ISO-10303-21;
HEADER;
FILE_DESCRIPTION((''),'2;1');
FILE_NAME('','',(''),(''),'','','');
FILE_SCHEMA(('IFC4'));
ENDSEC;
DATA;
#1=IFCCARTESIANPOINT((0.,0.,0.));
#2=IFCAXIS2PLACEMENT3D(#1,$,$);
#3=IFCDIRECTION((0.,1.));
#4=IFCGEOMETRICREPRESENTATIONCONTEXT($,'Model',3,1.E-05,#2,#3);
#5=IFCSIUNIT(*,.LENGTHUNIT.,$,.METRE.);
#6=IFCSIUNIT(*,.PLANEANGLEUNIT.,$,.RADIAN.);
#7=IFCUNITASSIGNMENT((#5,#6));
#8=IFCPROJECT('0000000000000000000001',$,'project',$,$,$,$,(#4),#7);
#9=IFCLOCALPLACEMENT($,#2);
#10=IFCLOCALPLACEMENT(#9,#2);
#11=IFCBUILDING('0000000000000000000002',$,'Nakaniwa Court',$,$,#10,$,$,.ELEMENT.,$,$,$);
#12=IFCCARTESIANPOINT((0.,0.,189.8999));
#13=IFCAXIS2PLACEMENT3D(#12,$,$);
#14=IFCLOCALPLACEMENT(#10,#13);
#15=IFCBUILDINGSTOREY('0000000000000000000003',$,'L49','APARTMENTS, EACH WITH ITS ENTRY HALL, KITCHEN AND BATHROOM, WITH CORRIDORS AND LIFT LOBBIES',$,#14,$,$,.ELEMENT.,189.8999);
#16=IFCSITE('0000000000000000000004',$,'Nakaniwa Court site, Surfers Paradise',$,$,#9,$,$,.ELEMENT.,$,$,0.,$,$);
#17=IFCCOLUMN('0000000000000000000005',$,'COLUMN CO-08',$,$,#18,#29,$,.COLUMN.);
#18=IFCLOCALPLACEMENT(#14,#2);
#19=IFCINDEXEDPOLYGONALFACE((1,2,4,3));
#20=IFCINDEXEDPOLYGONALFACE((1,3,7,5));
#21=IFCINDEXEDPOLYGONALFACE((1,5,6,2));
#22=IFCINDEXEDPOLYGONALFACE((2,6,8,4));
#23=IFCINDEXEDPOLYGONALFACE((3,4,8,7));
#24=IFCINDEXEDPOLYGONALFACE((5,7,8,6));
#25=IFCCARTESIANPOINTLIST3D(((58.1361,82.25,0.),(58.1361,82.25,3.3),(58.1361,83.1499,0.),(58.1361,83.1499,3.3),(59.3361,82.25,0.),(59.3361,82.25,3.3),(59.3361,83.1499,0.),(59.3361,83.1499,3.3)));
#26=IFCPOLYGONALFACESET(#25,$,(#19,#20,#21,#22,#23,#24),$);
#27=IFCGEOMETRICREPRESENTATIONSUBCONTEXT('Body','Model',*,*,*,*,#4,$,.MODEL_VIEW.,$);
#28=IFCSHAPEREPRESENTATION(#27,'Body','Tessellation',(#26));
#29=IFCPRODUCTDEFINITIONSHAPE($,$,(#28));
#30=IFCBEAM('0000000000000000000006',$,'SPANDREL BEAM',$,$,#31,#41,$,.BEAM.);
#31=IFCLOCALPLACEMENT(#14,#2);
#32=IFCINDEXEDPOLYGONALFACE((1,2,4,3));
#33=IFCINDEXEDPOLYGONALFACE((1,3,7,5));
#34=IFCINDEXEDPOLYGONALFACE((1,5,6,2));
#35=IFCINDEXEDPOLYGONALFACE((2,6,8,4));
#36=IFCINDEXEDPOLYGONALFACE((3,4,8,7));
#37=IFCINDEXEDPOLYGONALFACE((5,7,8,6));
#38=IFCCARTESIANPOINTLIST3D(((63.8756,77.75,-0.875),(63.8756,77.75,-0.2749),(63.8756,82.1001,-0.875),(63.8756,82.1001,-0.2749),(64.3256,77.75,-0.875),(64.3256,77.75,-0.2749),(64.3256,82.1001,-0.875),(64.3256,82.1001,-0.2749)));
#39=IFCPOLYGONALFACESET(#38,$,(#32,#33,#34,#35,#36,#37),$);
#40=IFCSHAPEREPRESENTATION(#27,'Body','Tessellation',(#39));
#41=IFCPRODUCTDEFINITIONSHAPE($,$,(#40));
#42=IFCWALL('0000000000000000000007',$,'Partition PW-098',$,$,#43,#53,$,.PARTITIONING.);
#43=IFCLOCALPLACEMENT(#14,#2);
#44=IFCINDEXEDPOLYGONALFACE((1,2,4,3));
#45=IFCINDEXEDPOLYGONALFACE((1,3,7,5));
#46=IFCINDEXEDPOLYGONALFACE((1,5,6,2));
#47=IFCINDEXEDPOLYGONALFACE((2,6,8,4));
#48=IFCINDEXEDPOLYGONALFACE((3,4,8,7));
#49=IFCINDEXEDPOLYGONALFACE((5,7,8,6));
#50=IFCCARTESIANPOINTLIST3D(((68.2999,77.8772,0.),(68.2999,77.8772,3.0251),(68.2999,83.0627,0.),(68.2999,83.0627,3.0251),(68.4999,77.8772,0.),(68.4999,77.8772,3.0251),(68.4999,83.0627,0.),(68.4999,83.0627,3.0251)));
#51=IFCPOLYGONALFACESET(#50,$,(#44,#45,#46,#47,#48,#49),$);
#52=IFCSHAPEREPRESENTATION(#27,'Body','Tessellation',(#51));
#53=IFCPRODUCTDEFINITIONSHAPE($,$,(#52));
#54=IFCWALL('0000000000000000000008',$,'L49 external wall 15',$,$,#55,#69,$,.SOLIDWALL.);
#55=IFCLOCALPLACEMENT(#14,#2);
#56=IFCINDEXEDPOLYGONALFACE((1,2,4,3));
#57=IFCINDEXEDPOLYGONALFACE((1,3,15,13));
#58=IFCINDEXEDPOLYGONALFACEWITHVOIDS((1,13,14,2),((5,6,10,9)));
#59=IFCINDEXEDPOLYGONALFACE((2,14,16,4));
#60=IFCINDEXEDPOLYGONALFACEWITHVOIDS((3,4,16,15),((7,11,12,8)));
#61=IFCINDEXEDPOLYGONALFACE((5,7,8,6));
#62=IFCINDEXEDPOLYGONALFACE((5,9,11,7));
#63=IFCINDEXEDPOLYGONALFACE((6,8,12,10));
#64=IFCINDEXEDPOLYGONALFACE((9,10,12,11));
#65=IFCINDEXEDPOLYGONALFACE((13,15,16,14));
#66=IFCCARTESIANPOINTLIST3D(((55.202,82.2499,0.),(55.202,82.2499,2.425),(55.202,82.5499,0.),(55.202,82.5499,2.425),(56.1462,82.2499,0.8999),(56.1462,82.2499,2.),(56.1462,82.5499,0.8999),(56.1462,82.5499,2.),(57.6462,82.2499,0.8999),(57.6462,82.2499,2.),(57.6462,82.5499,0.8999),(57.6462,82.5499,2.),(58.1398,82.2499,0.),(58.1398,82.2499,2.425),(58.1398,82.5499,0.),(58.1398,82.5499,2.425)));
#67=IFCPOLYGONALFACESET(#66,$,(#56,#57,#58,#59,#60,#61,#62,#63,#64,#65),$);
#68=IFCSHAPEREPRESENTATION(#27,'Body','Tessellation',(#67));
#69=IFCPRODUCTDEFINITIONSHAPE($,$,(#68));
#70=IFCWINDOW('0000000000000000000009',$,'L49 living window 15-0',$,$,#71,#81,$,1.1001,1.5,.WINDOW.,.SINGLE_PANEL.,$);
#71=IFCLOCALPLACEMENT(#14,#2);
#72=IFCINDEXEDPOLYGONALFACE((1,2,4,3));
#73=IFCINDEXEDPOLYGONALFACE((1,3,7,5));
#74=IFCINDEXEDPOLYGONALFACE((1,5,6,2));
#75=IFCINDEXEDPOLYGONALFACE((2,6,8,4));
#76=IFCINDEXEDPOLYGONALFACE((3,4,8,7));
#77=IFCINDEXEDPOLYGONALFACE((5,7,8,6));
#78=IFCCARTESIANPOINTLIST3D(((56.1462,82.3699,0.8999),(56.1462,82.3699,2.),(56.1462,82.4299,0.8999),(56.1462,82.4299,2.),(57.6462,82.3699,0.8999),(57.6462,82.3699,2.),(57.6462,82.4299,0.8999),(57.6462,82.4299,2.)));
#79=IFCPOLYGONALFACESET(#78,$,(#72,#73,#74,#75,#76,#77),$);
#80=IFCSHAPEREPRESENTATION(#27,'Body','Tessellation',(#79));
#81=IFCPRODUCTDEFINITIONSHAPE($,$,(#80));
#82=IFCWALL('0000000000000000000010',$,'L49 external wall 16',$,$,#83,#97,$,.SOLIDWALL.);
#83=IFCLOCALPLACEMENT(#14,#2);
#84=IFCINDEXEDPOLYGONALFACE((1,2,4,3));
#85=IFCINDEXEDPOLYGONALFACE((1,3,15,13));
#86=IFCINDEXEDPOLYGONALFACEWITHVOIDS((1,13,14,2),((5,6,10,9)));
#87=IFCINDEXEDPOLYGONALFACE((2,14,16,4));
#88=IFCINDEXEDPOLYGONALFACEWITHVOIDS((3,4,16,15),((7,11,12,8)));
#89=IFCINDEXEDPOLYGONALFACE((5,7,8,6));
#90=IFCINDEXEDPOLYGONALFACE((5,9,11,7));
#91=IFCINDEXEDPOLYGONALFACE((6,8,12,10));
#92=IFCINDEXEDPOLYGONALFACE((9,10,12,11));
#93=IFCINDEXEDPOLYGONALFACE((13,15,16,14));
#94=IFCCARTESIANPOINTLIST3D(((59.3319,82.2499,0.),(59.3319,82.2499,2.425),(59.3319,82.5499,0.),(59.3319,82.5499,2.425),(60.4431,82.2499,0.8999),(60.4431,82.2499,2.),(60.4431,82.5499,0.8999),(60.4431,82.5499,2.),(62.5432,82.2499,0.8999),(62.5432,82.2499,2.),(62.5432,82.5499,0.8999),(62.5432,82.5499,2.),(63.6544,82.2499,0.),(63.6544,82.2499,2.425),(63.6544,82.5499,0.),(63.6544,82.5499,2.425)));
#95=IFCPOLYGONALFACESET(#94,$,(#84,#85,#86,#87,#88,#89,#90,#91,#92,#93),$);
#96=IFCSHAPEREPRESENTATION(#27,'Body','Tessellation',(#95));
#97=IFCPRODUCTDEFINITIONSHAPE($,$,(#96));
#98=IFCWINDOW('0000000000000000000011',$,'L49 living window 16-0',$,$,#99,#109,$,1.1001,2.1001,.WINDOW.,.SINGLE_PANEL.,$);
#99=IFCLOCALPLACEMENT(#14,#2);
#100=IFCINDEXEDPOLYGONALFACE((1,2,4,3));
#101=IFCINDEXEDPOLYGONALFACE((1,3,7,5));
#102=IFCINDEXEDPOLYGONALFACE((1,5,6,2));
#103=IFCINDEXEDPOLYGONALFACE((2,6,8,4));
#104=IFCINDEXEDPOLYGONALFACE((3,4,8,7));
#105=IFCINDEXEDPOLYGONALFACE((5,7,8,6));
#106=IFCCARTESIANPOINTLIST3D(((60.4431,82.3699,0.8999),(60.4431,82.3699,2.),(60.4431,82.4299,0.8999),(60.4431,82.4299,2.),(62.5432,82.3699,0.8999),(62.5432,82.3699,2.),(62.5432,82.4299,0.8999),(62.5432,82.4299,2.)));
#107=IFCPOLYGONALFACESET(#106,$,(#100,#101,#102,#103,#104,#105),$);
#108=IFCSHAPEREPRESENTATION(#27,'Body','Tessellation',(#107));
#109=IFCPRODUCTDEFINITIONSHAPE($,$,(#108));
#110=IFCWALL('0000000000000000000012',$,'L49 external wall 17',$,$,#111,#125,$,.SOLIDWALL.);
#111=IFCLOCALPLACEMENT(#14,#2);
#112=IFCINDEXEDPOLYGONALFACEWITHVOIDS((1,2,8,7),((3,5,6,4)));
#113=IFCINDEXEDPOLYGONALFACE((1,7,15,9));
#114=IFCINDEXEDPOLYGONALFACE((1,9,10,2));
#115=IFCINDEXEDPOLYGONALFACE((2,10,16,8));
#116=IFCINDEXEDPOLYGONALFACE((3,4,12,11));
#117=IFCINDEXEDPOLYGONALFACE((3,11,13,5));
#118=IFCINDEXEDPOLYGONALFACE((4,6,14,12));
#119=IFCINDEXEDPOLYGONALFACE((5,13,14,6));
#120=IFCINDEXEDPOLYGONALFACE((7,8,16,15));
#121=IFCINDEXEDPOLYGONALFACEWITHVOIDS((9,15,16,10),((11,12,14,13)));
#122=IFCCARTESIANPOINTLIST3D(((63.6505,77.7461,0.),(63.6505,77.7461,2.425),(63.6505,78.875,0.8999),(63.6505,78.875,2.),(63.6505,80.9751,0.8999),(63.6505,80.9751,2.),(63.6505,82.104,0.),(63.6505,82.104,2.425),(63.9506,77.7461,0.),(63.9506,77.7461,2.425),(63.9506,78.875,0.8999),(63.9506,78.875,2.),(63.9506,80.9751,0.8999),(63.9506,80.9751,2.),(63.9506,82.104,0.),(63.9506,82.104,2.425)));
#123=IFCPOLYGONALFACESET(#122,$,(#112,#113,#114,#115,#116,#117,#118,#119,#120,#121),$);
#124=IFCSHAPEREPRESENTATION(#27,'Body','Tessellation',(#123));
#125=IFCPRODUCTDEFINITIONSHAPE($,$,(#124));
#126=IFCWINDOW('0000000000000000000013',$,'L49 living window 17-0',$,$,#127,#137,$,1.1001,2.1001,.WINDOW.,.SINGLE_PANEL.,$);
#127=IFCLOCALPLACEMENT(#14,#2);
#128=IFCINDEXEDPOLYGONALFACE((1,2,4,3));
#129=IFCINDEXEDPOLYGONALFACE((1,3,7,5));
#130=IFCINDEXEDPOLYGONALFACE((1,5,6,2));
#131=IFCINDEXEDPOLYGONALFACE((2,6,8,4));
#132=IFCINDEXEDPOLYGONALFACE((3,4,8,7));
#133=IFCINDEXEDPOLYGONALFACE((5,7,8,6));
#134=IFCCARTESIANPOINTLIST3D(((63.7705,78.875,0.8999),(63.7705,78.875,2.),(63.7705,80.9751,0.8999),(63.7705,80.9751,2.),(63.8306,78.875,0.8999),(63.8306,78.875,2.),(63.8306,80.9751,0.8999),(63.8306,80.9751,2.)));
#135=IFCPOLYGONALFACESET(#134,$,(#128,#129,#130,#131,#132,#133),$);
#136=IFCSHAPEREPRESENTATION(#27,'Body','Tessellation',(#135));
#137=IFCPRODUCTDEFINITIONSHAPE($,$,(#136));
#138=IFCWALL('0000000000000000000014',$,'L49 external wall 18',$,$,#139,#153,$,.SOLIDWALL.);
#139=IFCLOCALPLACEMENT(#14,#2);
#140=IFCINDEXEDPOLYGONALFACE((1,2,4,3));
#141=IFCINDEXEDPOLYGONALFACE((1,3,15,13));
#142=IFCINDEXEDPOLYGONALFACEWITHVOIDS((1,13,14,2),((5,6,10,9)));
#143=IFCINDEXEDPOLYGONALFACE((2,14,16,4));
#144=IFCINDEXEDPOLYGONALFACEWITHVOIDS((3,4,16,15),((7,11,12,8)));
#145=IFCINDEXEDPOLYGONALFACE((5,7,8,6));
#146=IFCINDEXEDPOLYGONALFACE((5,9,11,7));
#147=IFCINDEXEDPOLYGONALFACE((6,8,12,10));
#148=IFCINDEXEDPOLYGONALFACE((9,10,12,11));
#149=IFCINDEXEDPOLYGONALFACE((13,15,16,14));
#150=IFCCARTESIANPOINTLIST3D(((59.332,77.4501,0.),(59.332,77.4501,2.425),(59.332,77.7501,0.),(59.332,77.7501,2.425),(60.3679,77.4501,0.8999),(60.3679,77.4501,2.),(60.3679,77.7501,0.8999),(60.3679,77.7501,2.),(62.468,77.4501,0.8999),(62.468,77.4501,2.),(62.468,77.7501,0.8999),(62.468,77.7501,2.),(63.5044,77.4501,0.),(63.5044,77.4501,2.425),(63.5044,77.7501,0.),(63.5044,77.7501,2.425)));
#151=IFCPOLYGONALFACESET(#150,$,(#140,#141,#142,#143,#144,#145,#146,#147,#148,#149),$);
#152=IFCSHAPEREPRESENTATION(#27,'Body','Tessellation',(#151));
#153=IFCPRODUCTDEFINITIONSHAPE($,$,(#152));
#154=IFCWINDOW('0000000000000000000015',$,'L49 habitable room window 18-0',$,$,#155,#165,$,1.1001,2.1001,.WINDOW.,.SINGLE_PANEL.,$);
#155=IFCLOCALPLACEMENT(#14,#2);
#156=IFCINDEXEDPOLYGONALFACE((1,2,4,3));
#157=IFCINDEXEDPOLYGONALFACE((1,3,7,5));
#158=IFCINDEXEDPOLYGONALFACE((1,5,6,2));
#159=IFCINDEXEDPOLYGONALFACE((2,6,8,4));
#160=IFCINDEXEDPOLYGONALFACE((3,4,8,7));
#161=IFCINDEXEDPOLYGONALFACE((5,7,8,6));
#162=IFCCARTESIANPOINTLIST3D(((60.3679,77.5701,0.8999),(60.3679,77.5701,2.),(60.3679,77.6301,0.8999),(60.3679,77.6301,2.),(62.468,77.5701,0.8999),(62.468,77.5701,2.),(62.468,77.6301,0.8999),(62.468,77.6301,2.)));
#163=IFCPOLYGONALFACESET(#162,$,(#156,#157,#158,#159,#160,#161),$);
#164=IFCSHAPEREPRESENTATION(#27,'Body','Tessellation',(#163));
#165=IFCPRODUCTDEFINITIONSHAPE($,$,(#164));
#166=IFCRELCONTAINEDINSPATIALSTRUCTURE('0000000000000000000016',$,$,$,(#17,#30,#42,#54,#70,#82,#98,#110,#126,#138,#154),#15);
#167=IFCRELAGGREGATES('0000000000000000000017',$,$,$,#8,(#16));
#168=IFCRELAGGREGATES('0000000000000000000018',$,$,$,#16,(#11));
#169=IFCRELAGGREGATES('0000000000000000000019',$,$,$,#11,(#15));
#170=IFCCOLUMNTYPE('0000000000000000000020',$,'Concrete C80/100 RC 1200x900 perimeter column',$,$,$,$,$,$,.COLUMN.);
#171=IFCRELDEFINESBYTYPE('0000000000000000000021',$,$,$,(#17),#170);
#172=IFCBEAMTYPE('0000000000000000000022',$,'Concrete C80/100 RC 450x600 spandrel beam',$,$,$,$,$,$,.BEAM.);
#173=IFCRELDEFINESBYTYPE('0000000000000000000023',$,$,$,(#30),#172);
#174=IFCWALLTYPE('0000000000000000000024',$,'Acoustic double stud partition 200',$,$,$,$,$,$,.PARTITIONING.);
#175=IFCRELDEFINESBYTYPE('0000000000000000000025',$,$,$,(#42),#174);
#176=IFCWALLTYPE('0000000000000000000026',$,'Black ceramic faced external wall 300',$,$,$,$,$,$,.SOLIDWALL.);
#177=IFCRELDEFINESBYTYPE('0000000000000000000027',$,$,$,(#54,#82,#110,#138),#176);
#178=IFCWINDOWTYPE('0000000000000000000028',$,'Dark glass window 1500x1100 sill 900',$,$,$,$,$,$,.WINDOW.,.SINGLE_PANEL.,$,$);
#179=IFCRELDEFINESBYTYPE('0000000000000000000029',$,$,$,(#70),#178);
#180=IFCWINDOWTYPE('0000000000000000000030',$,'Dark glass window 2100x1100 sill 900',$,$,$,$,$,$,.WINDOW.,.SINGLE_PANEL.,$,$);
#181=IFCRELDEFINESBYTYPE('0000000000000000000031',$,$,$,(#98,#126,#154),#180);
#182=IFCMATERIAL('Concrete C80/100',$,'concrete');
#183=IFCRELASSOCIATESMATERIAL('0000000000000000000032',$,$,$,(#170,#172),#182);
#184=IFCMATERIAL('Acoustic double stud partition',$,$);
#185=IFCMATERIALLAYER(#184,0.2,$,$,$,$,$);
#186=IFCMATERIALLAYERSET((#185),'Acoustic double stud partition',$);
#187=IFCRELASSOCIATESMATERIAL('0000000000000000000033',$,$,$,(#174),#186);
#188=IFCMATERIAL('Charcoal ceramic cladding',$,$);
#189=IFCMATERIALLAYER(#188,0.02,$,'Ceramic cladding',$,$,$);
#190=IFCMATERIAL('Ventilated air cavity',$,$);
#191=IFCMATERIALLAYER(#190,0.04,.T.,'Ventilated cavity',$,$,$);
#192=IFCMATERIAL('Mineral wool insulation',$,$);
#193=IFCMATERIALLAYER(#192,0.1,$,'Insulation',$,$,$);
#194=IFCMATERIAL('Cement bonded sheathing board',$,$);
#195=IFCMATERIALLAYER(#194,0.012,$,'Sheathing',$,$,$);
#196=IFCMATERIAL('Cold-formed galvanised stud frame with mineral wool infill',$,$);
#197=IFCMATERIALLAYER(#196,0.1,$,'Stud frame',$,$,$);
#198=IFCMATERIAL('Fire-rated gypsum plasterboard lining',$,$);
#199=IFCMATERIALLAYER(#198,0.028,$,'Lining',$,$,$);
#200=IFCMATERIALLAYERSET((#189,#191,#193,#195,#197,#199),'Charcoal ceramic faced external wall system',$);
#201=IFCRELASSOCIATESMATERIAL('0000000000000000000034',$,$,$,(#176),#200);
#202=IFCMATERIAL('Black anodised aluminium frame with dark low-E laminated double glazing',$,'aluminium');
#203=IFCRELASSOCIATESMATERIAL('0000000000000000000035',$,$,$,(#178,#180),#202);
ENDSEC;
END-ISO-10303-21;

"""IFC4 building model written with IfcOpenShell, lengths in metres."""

from ifc_helpers import new_model, si_unit, direction, frame, frame_2d, origin, origin_2d, place, context, subcontext, project, spatial, rectangle, extrude, material, layer, layer_set, material_profile, profile_set, type_object, element, fill, save


model = new_model("IFC4")

# Units and contexts
model_context = context("Model", 3, precision=1e-05, world=origin(), true_north=direction((0.0, 1.0)))
body_context = subcontext(model_context, "Body", "Model", "MODEL_VIEW")
ifc_project = project(units=[si_unit("LENGTHUNIT", "METRE"), si_unit("PLANEANGLEUNIT", "RADIAN")], contexts=[model_context])

# Site, building, storey
site_placement = place(None, origin())
site = spatial("IfcSite", under=ifc_project, at=site_placement, Name="Nakaniwa Court site, Surfers Paradise", CompositionType="ELEMENT", RefElevation=0.0)
building_placement = place(site_placement, origin())
building = spatial("IfcBuilding", under=site, at=building_placement, Name="Nakaniwa Court", CompositionType="ELEMENT")
storey_placement = place(building_placement, frame((0.0, 0.0, 189.8999)))
storey = spatial("IfcBuildingStorey", under=building, at=storey_placement, Name="L49", Description="APARTMENTS, EACH WITH ITS ENTRY HALL, KITCHEN AND BATHROOM, WITH CORRIDORS AND LIFT LOBBIES", CompositionType="ELEMENT", Elevation=189.8999)

# Column
ifc_material_1 = material(Name="Concrete C80/100", Category="concrete")
ifc_material_profile_1 = material_profile(ifc_material_1, rectangle(XDim=1.2, YDim=0.8999, at=origin_2d()), Name="Concrete C80/100 RC 1200x900 perimeter column")
ifc_profile_set_1 = profile_set([ifc_material_profile_1], Name="Concrete C80/100")
column_type = type_object("IfcColumnType", Name="Concrete C80/100 RC 1200x900 perimeter column", PredefinedType="COLUMN", material=ifc_profile_set_1)
column_placement = place(storey_placement, frame((58.7361, 82.7, 0.0), z_axis=(0.0, 0.0, 1.0), x_axis=(1.0, 0.0, 0.0)))
element("IfcColumn", 1, at=column_placement, inside=storey, type_object=column_type, Name="COLUMN CO-08", PredefinedType="COLUMN", context=body_context, shape_type="SweptSolid", body=[
    extrude(rectangle(XDim=1.2, YDim=0.8999, at=origin_2d()), origin(), (0.0, 0.0, 1.0), 3.3),
])

# Beam
ifc_material_profile_2 = material_profile(ifc_material_1, rectangle(XDim=0.45, YDim=0.6001, at=origin_2d()), Name="Concrete C80/100 RC 450x600 spandrel beam")
ifc_profile_set_2 = profile_set([ifc_material_profile_2], Name="Concrete C80/100")
beam_type = type_object("IfcBeamType", Name="Concrete C80/100 RC 450x600 spandrel beam", PredefinedType="BEAM", material=ifc_profile_set_2)
beam_placement = place(storey_placement, frame((64.1006, 82.1001, -0.575), z_axis=(0.0, -1.0, 0.0), x_axis=(1.0, 0.0, 0.0)))
element("IfcBeam", 2, at=beam_placement, inside=storey, type_object=beam_type, Name="SPANDREL BEAM", PredefinedType="BEAM", context=body_context, shape_type="SweptSolid", body=[
    extrude(rectangle(XDim=0.45, YDim=0.6001, at=origin_2d()), origin(), (0.0, 0.0, 1.0), 4.3501),
])

# Wall
ifc_material_2 = material(Name="Acoustic double stud partition")
ifc_layer_1 = layer(ifc_material_2, 0.2)
ifc_layer_set_1 = layer_set([ifc_layer_1], Name="Acoustic double stud partition")
wall_type_1 = type_object("IfcWallType", Name="Acoustic double stud partition 200", PredefinedType="PARTITIONING", material=ifc_layer_set_1)
wall_1_placement = place(storey_placement, frame((68.3999, 77.8772, 0.0), z_axis=(0.0, 0.0, 1.0), x_axis=(0.0, 1.0, 0.0)))
element("IfcWall", 3, at=wall_1_placement, inside=storey, type_object=wall_type_1, Name="Partition PW-098", PredefinedType="PARTITIONING", context=body_context, shape_type="SweptSolid", body=[
    extrude(rectangle(XDim=5.1855, YDim=0.2, at=frame_2d((2.5928, 0.0))), origin(), (0.0, 0.0, 1.0), 3.0251),
])

# Walls, openings, windows
ifc_material_3 = material(Name="Charcoal ceramic cladding")
ifc_layer_2 = layer(ifc_material_3, 0.02, Name="Ceramic cladding")
ifc_material_4 = material(Name="Ventilated air cavity")
ifc_layer_3 = layer(ifc_material_4, 0.04, ventilated=True, Name="Ventilated cavity")
ifc_material_5 = material(Name="Mineral wool insulation")
ifc_layer_4 = layer(ifc_material_5, 0.1, Name="Insulation")
ifc_material_6 = material(Name="Cement bonded sheathing board")
ifc_layer_5 = layer(ifc_material_6, 0.012, Name="Sheathing")
ifc_material_7 = material(Name="Cold-formed galvanised stud frame with mineral wool infill")
ifc_layer_6 = layer(ifc_material_7, 0.1, Name="Stud frame")
ifc_material_8 = material(Name="Fire-rated gypsum plasterboard lining")
ifc_layer_7 = layer(ifc_material_8, 0.028, Name="Lining")
ifc_layer_set_2 = layer_set([ifc_layer_2, ifc_layer_3, ifc_layer_4, ifc_layer_5, ifc_layer_6, ifc_layer_7], Name="Charcoal ceramic faced external wall system")
wall_type_2 = type_object("IfcWallType", Name="Black ceramic faced external wall 300", PredefinedType="SOLIDWALL", material=ifc_layer_set_2)
wall_2_placement = place(storey_placement, frame((55.2021, 82.3999, 0.0), z_axis=(0.0, 0.0, 1.0), x_axis=(1.0, 0.0, 0.0)))
wall_2 = element("IfcWall", 4, at=wall_2_placement, inside=storey, type_object=wall_type_2, Name="L49 external wall 15", PredefinedType="SOLIDWALL", context=body_context, shape_type="SweptSolid", body=[
    extrude(rectangle(XDim=2.9377, YDim=0.3, at=frame_2d((1.4688, 0.0))), origin(), (0.0, 0.0, 1.0), 2.425),
])
opening_1_placement = place(wall_2_placement, frame((0.9441, 0.0, 0.8999)))
opening_1 = element("IfcOpeningElement", 5, at=opening_1_placement, cuts=wall_2, PredefinedType="OPENING", context=body_context, shape_type="SweptSolid", body=[
    extrude(rectangle(XDim=1.5, YDim=1.1001, at=frame_2d((0.75, 0.55))), frame((0.0, 0.1599, 0.0), z_axis=(0.0, -1.0, 0.0), x_axis=(1.0, 0.0, 0.0)), (0.0, 0.0, 1.0), 0.3201),
])
ifc_material_9 = material(Name="Black anodised aluminium frame with dark low-E laminated double glazing", Category="aluminium")
window_type_1 = type_object("IfcWindowType", Name="Dark glass window 1500x1100 sill 900", PartitioningType="SINGLE_PANEL", PredefinedType="WINDOW", material=ifc_material_9)
window_1_placement = place(opening_1_placement, origin())
window_1 = element("IfcWindow", 6, at=window_1_placement, inside=storey, type_object=window_type_1, Name="L49 living window 15-0", OverallHeight=1.1001, OverallWidth=1.5, PartitioningType="SINGLE_PANEL", PredefinedType="WINDOW", context=body_context, shape_type="SweptSolid", body=[
    extrude(rectangle(XDim=1.5, YDim=1.1001, at=frame_2d((0.75, 0.55))), frame((0.0, 0.03, 0.0), z_axis=(0.0, -1.0, 0.0), x_axis=(1.0, 0.0, 0.0)), (0.0, 0.0, 1.0), 0.0601),
])
fill(opening_1, window_1)
wall_3_placement = place(storey_placement, frame((59.332, 82.3999, 0.0), z_axis=(0.0, 0.0, 1.0), x_axis=(1.0, 0.0, 0.0)))
wall_3 = element("IfcWall", 7, at=wall_3_placement, inside=storey, type_object=wall_type_2, Name="L49 external wall 16", PredefinedType="SOLIDWALL", context=body_context, shape_type="SweptSolid", body=[
    extrude(rectangle(XDim=4.3225, YDim=0.3, at=frame_2d((2.1611, 0.0))), origin(), (0.0, 0.0, 1.0), 2.425),
])
opening_2_placement = place(wall_3_placement, frame((1.1111, 0.0, 0.8999)))
opening_2 = element("IfcOpeningElement", 8, at=opening_2_placement, cuts=wall_3, PredefinedType="OPENING", context=body_context, shape_type="SweptSolid", body=[
    extrude(rectangle(XDim=2.1001, YDim=1.1001, at=frame_2d((1.05, 0.55))), frame((0.0, 0.1599, 0.0), z_axis=(0.0, -1.0, 0.0), x_axis=(1.0, 0.0, 0.0)), (0.0, 0.0, 1.0), 0.3201),
])
window_type_2 = type_object("IfcWindowType", Name="Dark glass window 2100x1100 sill 900", PartitioningType="SINGLE_PANEL", PredefinedType="WINDOW", material=ifc_material_9)
window_2_placement = place(opening_2_placement, origin())
window_2 = element("IfcWindow", 9, at=window_2_placement, inside=storey, type_object=window_type_2, Name="L49 living window 16-0", OverallHeight=1.1001, OverallWidth=2.1001, PartitioningType="SINGLE_PANEL", PredefinedType="WINDOW", context=body_context, shape_type="SweptSolid", body=[
    extrude(rectangle(XDim=2.1001, YDim=1.1001, at=frame_2d((1.05, 0.55))), frame((0.0, 0.03, 0.0), z_axis=(0.0, -1.0, 0.0), x_axis=(1.0, 0.0, 0.0)), (0.0, 0.0, 1.0), 0.0601),
])
fill(opening_2, window_2)
wall_4_placement = place(storey_placement, frame((63.8005, 82.104, 0.0), z_axis=(0.0, 0.0, 1.0), x_axis=(0.0, -1.0, 0.0)))
wall_4 = element("IfcWall", 10, at=wall_4_placement, inside=storey, type_object=wall_type_2, Name="L49 external wall 17", PredefinedType="SOLIDWALL", context=body_context, shape_type="SweptSolid", body=[
    extrude(rectangle(XDim=4.3579, YDim=0.3, at=frame_2d((2.179, 0.0))), origin(), (0.0, 0.0, 1.0), 2.425),
])
opening_3_placement = place(wall_4_placement, frame((1.1289, 0.0, 0.8999)))
opening_3 = element("IfcOpeningElement", 11, at=opening_3_placement, cuts=wall_4, PredefinedType="OPENING", context=body_context, shape_type="SweptSolid", body=[
    extrude(rectangle(XDim=2.1001, YDim=1.1001, at=frame_2d((1.05, 0.55))), frame((0.0, 0.1599, 0.0), z_axis=(0.0, -1.0, 0.0), x_axis=(1.0, 0.0, 0.0)), (0.0, 0.0, 1.0), 0.3201),
])
window_3_placement = place(opening_3_placement, origin())
window_3 = element("IfcWindow", 12, at=window_3_placement, inside=storey, type_object=window_type_2, Name="L49 living window 17-0", OverallHeight=1.1001, OverallWidth=2.1001, PartitioningType="SINGLE_PANEL", PredefinedType="WINDOW", context=body_context, shape_type="SweptSolid", body=[
    extrude(rectangle(XDim=2.1001, YDim=1.1001, at=frame_2d((1.05, 0.55))), frame((0.0, 0.03, 0.0), z_axis=(0.0, -1.0, 0.0), x_axis=(1.0, 0.0, 0.0)), (0.0, 0.0, 1.0), 0.0601),
])
fill(opening_3, window_3)
wall_5_placement = place(storey_placement, frame((63.5044, 77.6001, 0.0), z_axis=(0.0, 0.0, 1.0), x_axis=(-1.0, 0.0, 0.0)))
wall_5 = element("IfcWall", 13, at=wall_5_placement, inside=storey, type_object=wall_type_2, Name="L49 external wall 18", PredefinedType="SOLIDWALL", context=body_context, shape_type="SweptSolid", body=[
    extrude(rectangle(XDim=4.1724, YDim=0.3, at=frame_2d((2.0862, 0.0))), origin(), (0.0, 0.0, 1.0), 2.425),
])
opening_4_placement = place(wall_5_placement, frame((1.0364, 0.0, 0.8999)))
opening_4 = element("IfcOpeningElement", 14, at=opening_4_placement, cuts=wall_5, PredefinedType="OPENING", context=body_context, shape_type="SweptSolid", body=[
    extrude(rectangle(XDim=2.1001, YDim=1.1001, at=frame_2d((1.05, 0.55))), frame((0.0, 0.1599, 0.0), z_axis=(0.0, -1.0, 0.0), x_axis=(1.0, 0.0, 0.0)), (0.0, 0.0, 1.0), 0.3201),
])
window_4_placement = place(opening_4_placement, origin())
window_4 = element("IfcWindow", 15, at=window_4_placement, inside=storey, type_object=window_type_2, Name="L49 habitable room window 18-0", OverallHeight=1.1001, OverallWidth=2.1001, PartitioningType="SINGLE_PANEL", PredefinedType="WINDOW", context=body_context, shape_type="SweptSolid", body=[
    extrude(rectangle(XDim=2.1001, YDim=1.1001, at=frame_2d((1.05, 0.55))), frame((0.0, 0.03, 0.0), z_axis=(0.0, -1.0, 0.0), x_axis=(1.0, 0.0, 0.0)), (0.0, 0.0, 1.0), 0.0601),
])
fill(opening_4, window_4)

save(model, "model.ifc")
